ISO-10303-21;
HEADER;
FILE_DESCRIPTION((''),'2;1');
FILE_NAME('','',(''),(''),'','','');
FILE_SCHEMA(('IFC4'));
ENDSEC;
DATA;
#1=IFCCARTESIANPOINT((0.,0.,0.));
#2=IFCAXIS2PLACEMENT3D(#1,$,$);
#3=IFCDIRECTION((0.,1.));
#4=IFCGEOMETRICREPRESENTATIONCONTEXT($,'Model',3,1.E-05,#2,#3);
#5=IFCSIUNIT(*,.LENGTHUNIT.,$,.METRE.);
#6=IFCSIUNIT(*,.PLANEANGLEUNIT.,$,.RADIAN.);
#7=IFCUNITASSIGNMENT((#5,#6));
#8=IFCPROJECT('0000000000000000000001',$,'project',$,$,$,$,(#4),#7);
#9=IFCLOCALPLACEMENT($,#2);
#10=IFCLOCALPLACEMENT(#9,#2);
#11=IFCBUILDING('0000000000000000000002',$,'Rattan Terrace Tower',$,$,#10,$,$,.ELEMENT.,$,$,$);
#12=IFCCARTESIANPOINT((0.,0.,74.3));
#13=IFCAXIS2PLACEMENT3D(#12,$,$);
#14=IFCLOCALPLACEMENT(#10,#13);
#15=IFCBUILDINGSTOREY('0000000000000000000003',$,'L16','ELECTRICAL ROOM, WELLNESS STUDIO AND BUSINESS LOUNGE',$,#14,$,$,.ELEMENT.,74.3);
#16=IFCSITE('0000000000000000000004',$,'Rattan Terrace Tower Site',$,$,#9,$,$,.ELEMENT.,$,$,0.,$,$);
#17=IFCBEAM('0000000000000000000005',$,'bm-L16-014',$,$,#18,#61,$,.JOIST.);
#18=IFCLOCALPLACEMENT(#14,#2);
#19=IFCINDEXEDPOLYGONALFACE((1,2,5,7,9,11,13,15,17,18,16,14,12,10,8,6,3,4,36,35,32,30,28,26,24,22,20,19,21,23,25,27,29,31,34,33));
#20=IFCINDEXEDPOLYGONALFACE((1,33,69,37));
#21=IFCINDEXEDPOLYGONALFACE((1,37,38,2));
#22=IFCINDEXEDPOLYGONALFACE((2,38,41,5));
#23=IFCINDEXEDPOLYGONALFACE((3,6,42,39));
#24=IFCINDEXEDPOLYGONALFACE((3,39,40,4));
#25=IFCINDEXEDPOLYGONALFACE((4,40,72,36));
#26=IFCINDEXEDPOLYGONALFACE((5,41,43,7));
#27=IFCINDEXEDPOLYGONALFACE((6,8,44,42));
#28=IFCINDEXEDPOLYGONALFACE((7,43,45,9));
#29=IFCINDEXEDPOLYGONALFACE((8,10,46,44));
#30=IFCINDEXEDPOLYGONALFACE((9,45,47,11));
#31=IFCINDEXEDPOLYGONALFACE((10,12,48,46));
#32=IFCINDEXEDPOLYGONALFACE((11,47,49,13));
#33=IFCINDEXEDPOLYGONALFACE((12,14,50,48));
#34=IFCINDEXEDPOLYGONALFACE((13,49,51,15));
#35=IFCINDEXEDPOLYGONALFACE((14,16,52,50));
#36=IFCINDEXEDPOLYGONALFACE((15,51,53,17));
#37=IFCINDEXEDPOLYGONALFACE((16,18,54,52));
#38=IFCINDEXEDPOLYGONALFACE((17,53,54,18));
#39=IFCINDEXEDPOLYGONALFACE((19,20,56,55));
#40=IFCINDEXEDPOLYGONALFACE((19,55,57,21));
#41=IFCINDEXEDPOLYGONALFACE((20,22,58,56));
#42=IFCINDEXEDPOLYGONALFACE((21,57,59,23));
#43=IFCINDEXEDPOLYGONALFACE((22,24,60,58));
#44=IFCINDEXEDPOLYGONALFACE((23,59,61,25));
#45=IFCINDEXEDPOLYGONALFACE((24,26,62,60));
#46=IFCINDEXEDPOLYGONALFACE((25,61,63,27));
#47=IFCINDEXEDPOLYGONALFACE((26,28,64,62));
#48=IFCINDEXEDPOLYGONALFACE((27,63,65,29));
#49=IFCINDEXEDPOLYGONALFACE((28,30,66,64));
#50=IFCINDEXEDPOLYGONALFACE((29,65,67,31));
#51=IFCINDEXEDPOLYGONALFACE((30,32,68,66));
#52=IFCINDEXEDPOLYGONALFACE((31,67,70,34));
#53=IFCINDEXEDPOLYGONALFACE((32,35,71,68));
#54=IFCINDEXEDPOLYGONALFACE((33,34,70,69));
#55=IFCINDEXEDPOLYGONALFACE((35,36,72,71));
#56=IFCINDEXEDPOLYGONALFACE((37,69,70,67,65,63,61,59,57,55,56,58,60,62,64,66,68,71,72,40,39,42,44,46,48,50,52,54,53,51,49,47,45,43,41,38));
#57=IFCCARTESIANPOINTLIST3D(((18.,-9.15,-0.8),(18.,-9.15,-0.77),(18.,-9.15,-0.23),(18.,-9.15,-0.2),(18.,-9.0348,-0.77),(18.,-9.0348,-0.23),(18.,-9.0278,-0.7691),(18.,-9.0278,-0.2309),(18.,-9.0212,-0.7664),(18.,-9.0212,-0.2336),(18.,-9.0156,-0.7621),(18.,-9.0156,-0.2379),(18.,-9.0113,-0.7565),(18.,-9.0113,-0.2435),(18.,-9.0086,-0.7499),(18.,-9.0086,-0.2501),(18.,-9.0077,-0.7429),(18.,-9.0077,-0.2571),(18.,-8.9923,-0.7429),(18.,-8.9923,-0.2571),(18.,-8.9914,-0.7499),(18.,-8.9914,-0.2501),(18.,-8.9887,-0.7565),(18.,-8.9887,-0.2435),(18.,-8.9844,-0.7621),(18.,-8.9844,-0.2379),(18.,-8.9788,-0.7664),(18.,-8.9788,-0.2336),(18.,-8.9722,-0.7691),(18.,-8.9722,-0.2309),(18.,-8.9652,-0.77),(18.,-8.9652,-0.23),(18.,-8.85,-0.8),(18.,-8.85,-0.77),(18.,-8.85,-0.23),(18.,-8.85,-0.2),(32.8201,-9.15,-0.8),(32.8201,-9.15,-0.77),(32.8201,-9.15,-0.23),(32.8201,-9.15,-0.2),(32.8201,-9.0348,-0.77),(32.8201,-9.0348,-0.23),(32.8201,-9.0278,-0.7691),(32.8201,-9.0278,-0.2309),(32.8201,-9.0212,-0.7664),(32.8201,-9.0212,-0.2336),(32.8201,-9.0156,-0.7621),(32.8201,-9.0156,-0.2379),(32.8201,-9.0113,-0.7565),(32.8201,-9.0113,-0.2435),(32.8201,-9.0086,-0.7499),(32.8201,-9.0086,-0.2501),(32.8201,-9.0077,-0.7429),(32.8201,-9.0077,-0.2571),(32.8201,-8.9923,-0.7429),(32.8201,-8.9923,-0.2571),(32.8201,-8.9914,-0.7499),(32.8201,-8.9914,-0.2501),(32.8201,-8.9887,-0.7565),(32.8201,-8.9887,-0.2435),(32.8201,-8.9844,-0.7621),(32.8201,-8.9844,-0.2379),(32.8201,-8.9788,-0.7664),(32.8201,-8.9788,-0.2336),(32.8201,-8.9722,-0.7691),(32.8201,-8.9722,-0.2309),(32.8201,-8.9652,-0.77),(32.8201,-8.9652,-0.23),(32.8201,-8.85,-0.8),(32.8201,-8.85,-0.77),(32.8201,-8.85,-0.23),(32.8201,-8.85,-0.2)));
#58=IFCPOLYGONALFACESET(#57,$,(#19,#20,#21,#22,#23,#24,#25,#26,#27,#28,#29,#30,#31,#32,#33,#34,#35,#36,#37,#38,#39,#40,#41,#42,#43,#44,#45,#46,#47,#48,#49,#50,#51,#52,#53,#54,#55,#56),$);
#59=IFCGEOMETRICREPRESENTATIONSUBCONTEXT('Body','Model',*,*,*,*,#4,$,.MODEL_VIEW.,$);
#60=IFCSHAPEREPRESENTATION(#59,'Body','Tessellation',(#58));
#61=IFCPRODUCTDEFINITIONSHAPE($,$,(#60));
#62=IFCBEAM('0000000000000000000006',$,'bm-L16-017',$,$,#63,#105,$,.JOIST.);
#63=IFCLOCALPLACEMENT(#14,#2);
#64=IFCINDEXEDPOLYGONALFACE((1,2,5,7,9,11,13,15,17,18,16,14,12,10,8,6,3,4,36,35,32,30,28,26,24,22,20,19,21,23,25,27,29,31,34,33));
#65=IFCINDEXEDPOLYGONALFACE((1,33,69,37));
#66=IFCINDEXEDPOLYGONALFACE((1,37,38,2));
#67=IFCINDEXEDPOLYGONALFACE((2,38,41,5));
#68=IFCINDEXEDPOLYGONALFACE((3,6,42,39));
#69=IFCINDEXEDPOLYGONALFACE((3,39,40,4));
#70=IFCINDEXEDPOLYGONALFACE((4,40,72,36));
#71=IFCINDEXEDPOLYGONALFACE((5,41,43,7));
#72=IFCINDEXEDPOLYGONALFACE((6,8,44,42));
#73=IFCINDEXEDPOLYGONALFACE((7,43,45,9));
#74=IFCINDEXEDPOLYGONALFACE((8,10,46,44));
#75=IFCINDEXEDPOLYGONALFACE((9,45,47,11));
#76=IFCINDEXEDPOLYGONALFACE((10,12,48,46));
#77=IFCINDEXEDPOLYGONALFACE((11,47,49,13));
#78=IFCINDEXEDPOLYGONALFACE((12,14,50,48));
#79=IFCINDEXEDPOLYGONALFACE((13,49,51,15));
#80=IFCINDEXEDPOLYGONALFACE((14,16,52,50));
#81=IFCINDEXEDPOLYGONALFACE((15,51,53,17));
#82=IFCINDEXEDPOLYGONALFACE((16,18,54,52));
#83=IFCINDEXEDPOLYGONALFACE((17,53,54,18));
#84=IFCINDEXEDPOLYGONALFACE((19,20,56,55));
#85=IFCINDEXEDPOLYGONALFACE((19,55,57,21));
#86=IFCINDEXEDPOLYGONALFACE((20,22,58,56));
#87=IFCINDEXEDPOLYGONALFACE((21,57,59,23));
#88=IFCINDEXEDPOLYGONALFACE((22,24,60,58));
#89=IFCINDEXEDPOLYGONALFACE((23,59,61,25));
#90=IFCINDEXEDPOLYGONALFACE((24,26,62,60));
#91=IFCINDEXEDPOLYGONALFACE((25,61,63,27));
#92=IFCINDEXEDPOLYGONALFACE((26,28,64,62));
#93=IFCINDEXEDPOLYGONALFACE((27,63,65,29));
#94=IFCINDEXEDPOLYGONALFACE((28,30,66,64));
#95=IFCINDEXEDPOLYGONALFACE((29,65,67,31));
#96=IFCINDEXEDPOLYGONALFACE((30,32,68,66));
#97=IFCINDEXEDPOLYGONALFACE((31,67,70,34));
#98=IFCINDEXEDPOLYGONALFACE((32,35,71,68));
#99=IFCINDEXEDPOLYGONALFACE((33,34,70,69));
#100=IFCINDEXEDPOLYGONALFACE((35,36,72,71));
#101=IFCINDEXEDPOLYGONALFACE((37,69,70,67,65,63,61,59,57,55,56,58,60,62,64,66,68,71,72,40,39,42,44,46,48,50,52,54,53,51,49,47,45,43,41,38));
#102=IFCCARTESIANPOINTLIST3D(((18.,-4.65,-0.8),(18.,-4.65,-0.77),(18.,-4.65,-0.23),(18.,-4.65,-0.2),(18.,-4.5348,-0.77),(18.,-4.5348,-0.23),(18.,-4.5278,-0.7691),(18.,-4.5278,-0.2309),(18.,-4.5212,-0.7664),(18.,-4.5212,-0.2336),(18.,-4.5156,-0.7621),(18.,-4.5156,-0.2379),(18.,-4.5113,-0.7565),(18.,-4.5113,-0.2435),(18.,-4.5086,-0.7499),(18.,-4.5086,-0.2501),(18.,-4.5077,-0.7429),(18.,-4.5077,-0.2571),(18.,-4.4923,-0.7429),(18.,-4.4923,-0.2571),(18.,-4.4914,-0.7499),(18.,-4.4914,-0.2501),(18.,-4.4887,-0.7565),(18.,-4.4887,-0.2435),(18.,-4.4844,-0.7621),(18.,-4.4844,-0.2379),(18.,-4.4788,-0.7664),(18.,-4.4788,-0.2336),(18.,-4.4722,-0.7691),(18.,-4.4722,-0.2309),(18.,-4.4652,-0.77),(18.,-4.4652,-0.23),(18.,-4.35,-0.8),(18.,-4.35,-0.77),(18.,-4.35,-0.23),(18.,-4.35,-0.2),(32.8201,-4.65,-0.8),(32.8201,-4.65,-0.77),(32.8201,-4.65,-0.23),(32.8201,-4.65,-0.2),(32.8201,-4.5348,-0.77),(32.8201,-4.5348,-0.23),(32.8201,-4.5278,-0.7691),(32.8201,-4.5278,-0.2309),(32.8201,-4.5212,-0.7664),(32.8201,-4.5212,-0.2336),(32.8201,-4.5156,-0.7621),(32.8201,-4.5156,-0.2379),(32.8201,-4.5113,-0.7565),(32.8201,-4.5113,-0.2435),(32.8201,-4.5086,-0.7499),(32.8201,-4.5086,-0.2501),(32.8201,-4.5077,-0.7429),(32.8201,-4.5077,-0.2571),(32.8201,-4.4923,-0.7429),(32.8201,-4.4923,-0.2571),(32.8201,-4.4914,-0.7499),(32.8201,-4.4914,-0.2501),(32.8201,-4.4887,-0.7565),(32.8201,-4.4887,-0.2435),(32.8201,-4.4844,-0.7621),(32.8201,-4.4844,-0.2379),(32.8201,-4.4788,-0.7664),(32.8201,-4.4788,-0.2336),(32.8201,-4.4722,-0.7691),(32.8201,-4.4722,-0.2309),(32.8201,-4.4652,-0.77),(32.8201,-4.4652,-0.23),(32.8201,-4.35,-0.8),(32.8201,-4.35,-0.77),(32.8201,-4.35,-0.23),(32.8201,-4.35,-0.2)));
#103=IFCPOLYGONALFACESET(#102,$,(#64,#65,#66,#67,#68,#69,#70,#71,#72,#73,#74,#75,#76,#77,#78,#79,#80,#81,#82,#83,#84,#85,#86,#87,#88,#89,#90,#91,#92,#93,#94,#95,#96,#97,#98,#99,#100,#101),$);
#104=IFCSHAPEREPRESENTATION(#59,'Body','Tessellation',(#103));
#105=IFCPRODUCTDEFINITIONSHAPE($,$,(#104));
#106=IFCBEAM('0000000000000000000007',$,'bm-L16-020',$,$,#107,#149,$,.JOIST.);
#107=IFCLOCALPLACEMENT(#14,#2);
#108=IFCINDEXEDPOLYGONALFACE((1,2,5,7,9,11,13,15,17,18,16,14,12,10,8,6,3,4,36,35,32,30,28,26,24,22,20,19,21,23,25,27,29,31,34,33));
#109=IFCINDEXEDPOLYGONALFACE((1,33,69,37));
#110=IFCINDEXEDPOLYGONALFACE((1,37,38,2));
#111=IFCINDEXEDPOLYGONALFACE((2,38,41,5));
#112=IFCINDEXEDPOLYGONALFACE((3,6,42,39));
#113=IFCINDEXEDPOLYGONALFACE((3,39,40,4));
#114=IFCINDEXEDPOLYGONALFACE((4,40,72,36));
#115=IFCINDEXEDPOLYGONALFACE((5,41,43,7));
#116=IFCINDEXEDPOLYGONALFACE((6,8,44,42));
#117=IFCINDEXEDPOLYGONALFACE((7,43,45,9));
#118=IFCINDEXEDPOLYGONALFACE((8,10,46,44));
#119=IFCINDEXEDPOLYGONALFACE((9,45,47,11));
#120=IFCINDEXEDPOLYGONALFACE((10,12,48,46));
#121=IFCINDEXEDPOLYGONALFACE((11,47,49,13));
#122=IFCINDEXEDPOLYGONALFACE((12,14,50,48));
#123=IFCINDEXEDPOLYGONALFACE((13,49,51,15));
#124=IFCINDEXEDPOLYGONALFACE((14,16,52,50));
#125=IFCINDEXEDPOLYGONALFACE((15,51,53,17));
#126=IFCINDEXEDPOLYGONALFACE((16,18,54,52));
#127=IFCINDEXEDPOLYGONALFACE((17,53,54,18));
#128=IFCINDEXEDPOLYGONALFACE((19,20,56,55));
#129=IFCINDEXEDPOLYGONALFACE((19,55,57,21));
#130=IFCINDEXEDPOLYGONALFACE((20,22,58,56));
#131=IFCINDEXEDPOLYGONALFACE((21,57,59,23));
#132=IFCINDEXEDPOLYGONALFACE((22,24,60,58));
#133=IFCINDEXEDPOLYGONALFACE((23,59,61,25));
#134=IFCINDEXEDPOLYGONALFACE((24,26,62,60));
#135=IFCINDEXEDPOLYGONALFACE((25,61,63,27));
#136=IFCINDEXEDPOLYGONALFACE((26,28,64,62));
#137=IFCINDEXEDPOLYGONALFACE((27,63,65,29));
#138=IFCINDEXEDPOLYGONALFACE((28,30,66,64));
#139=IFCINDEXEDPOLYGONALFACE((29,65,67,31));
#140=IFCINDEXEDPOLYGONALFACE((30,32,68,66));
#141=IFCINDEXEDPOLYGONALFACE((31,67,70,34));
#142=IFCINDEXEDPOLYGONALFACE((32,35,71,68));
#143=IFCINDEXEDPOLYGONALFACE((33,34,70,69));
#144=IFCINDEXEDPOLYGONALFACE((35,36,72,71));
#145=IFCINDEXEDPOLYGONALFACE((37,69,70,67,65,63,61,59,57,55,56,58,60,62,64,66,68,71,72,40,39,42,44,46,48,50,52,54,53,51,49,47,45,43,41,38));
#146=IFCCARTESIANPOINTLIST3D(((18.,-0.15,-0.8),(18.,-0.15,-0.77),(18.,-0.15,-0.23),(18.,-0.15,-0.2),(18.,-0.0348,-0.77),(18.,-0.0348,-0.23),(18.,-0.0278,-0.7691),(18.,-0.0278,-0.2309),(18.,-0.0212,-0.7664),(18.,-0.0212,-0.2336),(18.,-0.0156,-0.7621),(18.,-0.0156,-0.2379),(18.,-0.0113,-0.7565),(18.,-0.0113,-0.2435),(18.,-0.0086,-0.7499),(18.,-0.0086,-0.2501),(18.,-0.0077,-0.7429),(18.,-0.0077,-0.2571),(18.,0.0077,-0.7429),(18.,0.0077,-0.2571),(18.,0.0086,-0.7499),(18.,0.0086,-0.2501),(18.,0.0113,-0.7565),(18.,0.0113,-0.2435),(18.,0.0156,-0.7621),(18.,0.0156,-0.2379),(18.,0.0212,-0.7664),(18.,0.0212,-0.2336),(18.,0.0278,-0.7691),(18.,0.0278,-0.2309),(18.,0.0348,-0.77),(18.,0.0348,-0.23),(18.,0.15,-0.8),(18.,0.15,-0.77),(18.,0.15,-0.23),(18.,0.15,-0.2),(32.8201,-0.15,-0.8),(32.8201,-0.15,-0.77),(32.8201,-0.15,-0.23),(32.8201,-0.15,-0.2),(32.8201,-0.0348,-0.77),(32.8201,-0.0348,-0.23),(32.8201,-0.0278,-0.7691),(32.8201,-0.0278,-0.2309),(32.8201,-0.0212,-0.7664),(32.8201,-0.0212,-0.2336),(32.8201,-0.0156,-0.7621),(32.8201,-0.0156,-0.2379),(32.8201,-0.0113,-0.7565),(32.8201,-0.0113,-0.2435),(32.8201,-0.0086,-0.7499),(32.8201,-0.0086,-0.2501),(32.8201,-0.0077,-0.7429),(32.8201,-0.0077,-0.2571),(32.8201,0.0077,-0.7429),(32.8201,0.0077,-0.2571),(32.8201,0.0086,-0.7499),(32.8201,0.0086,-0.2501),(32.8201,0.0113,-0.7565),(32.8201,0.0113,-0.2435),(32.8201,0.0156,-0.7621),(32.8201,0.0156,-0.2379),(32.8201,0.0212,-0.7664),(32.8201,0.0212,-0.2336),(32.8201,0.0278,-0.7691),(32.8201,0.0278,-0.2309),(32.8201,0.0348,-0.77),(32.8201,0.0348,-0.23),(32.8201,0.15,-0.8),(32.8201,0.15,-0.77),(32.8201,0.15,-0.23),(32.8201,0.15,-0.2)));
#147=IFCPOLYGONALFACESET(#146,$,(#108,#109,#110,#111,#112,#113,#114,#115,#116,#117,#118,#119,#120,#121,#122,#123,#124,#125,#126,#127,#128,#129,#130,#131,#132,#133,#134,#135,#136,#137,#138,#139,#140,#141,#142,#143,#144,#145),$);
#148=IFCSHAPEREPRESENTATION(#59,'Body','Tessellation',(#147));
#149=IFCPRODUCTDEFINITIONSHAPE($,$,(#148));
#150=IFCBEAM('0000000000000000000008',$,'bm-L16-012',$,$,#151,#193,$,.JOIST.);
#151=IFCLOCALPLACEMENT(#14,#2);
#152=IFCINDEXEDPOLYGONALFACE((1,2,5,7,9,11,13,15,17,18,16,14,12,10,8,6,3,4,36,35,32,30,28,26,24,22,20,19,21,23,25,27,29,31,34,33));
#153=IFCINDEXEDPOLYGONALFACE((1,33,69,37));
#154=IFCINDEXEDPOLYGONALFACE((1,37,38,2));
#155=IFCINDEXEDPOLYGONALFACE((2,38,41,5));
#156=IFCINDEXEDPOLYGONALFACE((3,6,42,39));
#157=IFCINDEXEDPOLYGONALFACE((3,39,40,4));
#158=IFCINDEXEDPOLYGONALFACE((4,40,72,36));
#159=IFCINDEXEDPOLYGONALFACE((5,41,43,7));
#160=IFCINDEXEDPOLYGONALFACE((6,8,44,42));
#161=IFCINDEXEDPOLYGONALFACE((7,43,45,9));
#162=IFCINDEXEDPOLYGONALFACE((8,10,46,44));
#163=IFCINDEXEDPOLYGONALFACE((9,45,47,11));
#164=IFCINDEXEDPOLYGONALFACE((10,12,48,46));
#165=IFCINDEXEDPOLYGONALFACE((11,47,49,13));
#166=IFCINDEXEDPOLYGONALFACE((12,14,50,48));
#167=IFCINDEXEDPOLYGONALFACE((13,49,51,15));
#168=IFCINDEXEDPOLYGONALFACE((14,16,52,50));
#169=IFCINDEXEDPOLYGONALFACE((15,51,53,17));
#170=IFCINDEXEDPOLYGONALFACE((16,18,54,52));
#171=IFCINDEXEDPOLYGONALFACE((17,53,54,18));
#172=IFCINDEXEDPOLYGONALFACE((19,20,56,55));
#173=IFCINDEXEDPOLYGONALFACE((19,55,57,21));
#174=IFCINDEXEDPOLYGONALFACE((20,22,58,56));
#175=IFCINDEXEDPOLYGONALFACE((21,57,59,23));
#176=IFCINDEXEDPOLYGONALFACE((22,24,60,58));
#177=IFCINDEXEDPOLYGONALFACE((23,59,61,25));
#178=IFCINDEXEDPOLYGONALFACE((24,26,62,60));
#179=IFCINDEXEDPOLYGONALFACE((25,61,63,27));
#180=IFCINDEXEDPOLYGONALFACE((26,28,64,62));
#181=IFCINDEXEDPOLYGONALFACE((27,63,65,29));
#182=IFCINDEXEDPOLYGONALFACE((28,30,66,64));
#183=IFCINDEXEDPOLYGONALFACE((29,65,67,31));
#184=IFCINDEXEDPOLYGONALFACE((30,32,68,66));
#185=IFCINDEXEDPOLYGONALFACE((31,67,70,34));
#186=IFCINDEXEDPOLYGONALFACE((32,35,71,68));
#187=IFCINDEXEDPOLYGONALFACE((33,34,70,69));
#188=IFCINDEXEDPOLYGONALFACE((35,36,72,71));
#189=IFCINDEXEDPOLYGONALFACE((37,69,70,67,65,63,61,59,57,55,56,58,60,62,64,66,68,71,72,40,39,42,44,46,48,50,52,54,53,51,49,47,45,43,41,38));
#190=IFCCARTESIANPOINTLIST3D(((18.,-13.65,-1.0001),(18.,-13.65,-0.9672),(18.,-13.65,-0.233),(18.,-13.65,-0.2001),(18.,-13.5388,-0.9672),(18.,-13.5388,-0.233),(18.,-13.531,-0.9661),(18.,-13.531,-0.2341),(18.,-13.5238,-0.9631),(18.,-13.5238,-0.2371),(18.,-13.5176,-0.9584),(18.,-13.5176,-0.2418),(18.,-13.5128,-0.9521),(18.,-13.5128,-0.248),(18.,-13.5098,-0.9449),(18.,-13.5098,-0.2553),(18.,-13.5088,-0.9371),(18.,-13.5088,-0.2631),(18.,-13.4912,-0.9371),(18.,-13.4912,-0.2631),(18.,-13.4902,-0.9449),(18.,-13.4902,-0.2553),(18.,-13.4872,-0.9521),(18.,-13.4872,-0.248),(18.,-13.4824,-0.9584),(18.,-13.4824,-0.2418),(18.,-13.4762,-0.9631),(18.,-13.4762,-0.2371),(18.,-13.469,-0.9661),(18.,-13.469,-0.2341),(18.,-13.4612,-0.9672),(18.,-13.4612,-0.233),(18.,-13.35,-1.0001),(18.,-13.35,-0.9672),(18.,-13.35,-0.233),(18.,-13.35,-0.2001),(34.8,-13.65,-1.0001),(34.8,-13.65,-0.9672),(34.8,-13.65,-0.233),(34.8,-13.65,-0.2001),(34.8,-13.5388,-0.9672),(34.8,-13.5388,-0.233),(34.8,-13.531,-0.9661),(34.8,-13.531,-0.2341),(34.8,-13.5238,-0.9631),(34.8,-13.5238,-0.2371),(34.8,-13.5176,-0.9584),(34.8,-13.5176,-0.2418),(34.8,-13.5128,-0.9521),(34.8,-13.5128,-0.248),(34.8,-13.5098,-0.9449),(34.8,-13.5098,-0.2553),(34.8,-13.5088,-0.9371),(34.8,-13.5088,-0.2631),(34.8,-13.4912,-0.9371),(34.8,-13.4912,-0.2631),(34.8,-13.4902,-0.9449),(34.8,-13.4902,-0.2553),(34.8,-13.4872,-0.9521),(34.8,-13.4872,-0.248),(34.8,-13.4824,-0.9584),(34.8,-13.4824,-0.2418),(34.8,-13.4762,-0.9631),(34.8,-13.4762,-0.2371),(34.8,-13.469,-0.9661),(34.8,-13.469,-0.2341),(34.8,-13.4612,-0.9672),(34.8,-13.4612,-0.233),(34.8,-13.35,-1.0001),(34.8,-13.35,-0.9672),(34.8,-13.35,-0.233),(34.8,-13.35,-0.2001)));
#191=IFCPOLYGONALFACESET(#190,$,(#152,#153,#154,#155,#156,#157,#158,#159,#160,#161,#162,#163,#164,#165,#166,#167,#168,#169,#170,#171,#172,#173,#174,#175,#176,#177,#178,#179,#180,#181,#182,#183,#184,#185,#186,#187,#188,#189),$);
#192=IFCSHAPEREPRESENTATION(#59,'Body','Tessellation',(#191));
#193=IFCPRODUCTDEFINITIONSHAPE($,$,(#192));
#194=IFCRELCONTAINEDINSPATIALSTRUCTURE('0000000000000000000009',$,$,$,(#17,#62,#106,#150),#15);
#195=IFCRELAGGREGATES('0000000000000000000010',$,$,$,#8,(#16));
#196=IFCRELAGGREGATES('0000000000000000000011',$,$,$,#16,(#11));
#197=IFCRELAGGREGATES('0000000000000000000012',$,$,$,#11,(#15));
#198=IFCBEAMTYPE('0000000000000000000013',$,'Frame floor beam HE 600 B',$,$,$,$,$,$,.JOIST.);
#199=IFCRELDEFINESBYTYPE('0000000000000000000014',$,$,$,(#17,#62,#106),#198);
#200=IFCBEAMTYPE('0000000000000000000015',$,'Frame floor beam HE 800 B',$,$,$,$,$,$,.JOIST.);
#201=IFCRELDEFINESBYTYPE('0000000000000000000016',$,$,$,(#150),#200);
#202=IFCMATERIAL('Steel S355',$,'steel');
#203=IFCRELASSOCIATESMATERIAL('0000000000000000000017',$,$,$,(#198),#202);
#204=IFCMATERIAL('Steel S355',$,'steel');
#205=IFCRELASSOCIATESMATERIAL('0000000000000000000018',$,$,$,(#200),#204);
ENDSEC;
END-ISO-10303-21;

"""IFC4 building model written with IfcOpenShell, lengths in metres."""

from ifc_helpers import new_model, si_unit, direction, frame, origin, origin_2d, place, context, subcontext, project, spatial, i_section, extrude, material, material_profile, profile_set, type_object, element, save


model = new_model("IFC4")

# Units and contexts
model_context = context("Model", 3, precision=1e-05, world=origin(), true_north=direction((0.0, 1.0)))
body_context = subcontext(model_context, "Body", "Model", "MODEL_VIEW")
ifc_project = project(units=[si_unit("LENGTHUNIT", "METRE"), si_unit("PLANEANGLEUNIT", "RADIAN")], contexts=[model_context])

# Site, building, storey
site_placement = place(None, origin())
site = spatial("IfcSite", under=ifc_project, at=site_placement, Name="Rattan Terrace Tower Site", CompositionType="ELEMENT", RefElevation=0.0)
building_placement = place(site_placement, origin())
building = spatial("IfcBuilding", under=site, at=building_placement, Name="Rattan Terrace Tower", CompositionType="ELEMENT")
storey_placement = place(building_placement, frame((0.0, 0.0, 74.3)))
storey = spatial("IfcBuildingStorey", under=building, at=storey_placement, Name="L16", Description="ELECTRICAL ROOM, WELLNESS STUDIO AND BUSINESS LOUNGE", CompositionType="ELEMENT", Elevation=74.3)

# Beams
ifc_material_1 = material(Name="Steel S355", Category="steel")
ifc_material_profile_1 = material_profile(ifc_material_1, i_section(OverallWidth=0.3, OverallDepth=0.6001, WebThickness=0.0154, FlangeThickness=0.03, FilletRadius=0.0271, at=origin_2d()), Name="HE 600 B")
ifc_profile_set_1 = profile_set([ifc_material_profile_1], Name="Steel S355")
beam_type_1 = type_object("IfcBeamType", Name="Frame floor beam HE 600 B", PredefinedType="JOIST", material=ifc_profile_set_1)
for number, where, z_axis, x_axis, name in (
    (1, (18.0, -9.0, -0.5), (1.0, 0.0, 0.0), (0.0, 1.0, 0.0), "bm-L16-014"),
    (2, (18.0, -4.5, -0.5), (1.0, 0.0, 0.0), (0.0, 1.0, 0.0), "bm-L16-017"),
    (3, (18.0, 0.0, -0.5), (1.0, 0.0, 0.0), (0.0, 1.0, 0.0), "bm-L16-020"),
):
    element("IfcBeam", number, at=place(storey_placement, frame(where, z_axis=z_axis, x_axis=x_axis)), inside=storey, type_object=beam_type_1, Name=name, PredefinedType="JOIST", context=body_context, shape_type="SweptSolid", body=[
        extrude(i_section(OverallWidth=0.3, OverallDepth=0.6001, WebThickness=0.0154, FlangeThickness=0.03, FilletRadius=0.0271, at=origin_2d()), origin(), (0.0, 0.0, 1.0), 14.8201),
    ])
ifc_material_2 = material(Name="Steel S355", Category="steel")
ifc_material_profile_2 = material_profile(ifc_material_2, i_section(OverallWidth=0.3, OverallDepth=0.8, WebThickness=0.0176, FlangeThickness=0.033, FilletRadius=0.03, at=origin_2d()), Name="HE 800 B")
ifc_profile_set_2 = profile_set([ifc_material_profile_2], Name="Steel S355")
beam_type_2 = type_object("IfcBeamType", Name="Frame floor beam HE 800 B", PredefinedType="JOIST", material=ifc_profile_set_2)
beam_placement = place(storey_placement, frame((18.0, -13.5, -0.6001), z_axis=(1.0, 0.0, 0.0), x_axis=(0.0, 1.0, 0.0)))
element("IfcBeam", 4, at=beam_placement, inside=storey, type_object=beam_type_2, Name="bm-L16-012", PredefinedType="JOIST", context=body_context, shape_type="SweptSolid", body=[
    extrude(i_section(OverallWidth=0.3, OverallDepth=0.8, WebThickness=0.0176, FlangeThickness=0.033, FilletRadius=0.03, at=origin_2d()), origin(), (0.0, 0.0, 1.0), 16.8),
])

save(model, "model.ifc")
